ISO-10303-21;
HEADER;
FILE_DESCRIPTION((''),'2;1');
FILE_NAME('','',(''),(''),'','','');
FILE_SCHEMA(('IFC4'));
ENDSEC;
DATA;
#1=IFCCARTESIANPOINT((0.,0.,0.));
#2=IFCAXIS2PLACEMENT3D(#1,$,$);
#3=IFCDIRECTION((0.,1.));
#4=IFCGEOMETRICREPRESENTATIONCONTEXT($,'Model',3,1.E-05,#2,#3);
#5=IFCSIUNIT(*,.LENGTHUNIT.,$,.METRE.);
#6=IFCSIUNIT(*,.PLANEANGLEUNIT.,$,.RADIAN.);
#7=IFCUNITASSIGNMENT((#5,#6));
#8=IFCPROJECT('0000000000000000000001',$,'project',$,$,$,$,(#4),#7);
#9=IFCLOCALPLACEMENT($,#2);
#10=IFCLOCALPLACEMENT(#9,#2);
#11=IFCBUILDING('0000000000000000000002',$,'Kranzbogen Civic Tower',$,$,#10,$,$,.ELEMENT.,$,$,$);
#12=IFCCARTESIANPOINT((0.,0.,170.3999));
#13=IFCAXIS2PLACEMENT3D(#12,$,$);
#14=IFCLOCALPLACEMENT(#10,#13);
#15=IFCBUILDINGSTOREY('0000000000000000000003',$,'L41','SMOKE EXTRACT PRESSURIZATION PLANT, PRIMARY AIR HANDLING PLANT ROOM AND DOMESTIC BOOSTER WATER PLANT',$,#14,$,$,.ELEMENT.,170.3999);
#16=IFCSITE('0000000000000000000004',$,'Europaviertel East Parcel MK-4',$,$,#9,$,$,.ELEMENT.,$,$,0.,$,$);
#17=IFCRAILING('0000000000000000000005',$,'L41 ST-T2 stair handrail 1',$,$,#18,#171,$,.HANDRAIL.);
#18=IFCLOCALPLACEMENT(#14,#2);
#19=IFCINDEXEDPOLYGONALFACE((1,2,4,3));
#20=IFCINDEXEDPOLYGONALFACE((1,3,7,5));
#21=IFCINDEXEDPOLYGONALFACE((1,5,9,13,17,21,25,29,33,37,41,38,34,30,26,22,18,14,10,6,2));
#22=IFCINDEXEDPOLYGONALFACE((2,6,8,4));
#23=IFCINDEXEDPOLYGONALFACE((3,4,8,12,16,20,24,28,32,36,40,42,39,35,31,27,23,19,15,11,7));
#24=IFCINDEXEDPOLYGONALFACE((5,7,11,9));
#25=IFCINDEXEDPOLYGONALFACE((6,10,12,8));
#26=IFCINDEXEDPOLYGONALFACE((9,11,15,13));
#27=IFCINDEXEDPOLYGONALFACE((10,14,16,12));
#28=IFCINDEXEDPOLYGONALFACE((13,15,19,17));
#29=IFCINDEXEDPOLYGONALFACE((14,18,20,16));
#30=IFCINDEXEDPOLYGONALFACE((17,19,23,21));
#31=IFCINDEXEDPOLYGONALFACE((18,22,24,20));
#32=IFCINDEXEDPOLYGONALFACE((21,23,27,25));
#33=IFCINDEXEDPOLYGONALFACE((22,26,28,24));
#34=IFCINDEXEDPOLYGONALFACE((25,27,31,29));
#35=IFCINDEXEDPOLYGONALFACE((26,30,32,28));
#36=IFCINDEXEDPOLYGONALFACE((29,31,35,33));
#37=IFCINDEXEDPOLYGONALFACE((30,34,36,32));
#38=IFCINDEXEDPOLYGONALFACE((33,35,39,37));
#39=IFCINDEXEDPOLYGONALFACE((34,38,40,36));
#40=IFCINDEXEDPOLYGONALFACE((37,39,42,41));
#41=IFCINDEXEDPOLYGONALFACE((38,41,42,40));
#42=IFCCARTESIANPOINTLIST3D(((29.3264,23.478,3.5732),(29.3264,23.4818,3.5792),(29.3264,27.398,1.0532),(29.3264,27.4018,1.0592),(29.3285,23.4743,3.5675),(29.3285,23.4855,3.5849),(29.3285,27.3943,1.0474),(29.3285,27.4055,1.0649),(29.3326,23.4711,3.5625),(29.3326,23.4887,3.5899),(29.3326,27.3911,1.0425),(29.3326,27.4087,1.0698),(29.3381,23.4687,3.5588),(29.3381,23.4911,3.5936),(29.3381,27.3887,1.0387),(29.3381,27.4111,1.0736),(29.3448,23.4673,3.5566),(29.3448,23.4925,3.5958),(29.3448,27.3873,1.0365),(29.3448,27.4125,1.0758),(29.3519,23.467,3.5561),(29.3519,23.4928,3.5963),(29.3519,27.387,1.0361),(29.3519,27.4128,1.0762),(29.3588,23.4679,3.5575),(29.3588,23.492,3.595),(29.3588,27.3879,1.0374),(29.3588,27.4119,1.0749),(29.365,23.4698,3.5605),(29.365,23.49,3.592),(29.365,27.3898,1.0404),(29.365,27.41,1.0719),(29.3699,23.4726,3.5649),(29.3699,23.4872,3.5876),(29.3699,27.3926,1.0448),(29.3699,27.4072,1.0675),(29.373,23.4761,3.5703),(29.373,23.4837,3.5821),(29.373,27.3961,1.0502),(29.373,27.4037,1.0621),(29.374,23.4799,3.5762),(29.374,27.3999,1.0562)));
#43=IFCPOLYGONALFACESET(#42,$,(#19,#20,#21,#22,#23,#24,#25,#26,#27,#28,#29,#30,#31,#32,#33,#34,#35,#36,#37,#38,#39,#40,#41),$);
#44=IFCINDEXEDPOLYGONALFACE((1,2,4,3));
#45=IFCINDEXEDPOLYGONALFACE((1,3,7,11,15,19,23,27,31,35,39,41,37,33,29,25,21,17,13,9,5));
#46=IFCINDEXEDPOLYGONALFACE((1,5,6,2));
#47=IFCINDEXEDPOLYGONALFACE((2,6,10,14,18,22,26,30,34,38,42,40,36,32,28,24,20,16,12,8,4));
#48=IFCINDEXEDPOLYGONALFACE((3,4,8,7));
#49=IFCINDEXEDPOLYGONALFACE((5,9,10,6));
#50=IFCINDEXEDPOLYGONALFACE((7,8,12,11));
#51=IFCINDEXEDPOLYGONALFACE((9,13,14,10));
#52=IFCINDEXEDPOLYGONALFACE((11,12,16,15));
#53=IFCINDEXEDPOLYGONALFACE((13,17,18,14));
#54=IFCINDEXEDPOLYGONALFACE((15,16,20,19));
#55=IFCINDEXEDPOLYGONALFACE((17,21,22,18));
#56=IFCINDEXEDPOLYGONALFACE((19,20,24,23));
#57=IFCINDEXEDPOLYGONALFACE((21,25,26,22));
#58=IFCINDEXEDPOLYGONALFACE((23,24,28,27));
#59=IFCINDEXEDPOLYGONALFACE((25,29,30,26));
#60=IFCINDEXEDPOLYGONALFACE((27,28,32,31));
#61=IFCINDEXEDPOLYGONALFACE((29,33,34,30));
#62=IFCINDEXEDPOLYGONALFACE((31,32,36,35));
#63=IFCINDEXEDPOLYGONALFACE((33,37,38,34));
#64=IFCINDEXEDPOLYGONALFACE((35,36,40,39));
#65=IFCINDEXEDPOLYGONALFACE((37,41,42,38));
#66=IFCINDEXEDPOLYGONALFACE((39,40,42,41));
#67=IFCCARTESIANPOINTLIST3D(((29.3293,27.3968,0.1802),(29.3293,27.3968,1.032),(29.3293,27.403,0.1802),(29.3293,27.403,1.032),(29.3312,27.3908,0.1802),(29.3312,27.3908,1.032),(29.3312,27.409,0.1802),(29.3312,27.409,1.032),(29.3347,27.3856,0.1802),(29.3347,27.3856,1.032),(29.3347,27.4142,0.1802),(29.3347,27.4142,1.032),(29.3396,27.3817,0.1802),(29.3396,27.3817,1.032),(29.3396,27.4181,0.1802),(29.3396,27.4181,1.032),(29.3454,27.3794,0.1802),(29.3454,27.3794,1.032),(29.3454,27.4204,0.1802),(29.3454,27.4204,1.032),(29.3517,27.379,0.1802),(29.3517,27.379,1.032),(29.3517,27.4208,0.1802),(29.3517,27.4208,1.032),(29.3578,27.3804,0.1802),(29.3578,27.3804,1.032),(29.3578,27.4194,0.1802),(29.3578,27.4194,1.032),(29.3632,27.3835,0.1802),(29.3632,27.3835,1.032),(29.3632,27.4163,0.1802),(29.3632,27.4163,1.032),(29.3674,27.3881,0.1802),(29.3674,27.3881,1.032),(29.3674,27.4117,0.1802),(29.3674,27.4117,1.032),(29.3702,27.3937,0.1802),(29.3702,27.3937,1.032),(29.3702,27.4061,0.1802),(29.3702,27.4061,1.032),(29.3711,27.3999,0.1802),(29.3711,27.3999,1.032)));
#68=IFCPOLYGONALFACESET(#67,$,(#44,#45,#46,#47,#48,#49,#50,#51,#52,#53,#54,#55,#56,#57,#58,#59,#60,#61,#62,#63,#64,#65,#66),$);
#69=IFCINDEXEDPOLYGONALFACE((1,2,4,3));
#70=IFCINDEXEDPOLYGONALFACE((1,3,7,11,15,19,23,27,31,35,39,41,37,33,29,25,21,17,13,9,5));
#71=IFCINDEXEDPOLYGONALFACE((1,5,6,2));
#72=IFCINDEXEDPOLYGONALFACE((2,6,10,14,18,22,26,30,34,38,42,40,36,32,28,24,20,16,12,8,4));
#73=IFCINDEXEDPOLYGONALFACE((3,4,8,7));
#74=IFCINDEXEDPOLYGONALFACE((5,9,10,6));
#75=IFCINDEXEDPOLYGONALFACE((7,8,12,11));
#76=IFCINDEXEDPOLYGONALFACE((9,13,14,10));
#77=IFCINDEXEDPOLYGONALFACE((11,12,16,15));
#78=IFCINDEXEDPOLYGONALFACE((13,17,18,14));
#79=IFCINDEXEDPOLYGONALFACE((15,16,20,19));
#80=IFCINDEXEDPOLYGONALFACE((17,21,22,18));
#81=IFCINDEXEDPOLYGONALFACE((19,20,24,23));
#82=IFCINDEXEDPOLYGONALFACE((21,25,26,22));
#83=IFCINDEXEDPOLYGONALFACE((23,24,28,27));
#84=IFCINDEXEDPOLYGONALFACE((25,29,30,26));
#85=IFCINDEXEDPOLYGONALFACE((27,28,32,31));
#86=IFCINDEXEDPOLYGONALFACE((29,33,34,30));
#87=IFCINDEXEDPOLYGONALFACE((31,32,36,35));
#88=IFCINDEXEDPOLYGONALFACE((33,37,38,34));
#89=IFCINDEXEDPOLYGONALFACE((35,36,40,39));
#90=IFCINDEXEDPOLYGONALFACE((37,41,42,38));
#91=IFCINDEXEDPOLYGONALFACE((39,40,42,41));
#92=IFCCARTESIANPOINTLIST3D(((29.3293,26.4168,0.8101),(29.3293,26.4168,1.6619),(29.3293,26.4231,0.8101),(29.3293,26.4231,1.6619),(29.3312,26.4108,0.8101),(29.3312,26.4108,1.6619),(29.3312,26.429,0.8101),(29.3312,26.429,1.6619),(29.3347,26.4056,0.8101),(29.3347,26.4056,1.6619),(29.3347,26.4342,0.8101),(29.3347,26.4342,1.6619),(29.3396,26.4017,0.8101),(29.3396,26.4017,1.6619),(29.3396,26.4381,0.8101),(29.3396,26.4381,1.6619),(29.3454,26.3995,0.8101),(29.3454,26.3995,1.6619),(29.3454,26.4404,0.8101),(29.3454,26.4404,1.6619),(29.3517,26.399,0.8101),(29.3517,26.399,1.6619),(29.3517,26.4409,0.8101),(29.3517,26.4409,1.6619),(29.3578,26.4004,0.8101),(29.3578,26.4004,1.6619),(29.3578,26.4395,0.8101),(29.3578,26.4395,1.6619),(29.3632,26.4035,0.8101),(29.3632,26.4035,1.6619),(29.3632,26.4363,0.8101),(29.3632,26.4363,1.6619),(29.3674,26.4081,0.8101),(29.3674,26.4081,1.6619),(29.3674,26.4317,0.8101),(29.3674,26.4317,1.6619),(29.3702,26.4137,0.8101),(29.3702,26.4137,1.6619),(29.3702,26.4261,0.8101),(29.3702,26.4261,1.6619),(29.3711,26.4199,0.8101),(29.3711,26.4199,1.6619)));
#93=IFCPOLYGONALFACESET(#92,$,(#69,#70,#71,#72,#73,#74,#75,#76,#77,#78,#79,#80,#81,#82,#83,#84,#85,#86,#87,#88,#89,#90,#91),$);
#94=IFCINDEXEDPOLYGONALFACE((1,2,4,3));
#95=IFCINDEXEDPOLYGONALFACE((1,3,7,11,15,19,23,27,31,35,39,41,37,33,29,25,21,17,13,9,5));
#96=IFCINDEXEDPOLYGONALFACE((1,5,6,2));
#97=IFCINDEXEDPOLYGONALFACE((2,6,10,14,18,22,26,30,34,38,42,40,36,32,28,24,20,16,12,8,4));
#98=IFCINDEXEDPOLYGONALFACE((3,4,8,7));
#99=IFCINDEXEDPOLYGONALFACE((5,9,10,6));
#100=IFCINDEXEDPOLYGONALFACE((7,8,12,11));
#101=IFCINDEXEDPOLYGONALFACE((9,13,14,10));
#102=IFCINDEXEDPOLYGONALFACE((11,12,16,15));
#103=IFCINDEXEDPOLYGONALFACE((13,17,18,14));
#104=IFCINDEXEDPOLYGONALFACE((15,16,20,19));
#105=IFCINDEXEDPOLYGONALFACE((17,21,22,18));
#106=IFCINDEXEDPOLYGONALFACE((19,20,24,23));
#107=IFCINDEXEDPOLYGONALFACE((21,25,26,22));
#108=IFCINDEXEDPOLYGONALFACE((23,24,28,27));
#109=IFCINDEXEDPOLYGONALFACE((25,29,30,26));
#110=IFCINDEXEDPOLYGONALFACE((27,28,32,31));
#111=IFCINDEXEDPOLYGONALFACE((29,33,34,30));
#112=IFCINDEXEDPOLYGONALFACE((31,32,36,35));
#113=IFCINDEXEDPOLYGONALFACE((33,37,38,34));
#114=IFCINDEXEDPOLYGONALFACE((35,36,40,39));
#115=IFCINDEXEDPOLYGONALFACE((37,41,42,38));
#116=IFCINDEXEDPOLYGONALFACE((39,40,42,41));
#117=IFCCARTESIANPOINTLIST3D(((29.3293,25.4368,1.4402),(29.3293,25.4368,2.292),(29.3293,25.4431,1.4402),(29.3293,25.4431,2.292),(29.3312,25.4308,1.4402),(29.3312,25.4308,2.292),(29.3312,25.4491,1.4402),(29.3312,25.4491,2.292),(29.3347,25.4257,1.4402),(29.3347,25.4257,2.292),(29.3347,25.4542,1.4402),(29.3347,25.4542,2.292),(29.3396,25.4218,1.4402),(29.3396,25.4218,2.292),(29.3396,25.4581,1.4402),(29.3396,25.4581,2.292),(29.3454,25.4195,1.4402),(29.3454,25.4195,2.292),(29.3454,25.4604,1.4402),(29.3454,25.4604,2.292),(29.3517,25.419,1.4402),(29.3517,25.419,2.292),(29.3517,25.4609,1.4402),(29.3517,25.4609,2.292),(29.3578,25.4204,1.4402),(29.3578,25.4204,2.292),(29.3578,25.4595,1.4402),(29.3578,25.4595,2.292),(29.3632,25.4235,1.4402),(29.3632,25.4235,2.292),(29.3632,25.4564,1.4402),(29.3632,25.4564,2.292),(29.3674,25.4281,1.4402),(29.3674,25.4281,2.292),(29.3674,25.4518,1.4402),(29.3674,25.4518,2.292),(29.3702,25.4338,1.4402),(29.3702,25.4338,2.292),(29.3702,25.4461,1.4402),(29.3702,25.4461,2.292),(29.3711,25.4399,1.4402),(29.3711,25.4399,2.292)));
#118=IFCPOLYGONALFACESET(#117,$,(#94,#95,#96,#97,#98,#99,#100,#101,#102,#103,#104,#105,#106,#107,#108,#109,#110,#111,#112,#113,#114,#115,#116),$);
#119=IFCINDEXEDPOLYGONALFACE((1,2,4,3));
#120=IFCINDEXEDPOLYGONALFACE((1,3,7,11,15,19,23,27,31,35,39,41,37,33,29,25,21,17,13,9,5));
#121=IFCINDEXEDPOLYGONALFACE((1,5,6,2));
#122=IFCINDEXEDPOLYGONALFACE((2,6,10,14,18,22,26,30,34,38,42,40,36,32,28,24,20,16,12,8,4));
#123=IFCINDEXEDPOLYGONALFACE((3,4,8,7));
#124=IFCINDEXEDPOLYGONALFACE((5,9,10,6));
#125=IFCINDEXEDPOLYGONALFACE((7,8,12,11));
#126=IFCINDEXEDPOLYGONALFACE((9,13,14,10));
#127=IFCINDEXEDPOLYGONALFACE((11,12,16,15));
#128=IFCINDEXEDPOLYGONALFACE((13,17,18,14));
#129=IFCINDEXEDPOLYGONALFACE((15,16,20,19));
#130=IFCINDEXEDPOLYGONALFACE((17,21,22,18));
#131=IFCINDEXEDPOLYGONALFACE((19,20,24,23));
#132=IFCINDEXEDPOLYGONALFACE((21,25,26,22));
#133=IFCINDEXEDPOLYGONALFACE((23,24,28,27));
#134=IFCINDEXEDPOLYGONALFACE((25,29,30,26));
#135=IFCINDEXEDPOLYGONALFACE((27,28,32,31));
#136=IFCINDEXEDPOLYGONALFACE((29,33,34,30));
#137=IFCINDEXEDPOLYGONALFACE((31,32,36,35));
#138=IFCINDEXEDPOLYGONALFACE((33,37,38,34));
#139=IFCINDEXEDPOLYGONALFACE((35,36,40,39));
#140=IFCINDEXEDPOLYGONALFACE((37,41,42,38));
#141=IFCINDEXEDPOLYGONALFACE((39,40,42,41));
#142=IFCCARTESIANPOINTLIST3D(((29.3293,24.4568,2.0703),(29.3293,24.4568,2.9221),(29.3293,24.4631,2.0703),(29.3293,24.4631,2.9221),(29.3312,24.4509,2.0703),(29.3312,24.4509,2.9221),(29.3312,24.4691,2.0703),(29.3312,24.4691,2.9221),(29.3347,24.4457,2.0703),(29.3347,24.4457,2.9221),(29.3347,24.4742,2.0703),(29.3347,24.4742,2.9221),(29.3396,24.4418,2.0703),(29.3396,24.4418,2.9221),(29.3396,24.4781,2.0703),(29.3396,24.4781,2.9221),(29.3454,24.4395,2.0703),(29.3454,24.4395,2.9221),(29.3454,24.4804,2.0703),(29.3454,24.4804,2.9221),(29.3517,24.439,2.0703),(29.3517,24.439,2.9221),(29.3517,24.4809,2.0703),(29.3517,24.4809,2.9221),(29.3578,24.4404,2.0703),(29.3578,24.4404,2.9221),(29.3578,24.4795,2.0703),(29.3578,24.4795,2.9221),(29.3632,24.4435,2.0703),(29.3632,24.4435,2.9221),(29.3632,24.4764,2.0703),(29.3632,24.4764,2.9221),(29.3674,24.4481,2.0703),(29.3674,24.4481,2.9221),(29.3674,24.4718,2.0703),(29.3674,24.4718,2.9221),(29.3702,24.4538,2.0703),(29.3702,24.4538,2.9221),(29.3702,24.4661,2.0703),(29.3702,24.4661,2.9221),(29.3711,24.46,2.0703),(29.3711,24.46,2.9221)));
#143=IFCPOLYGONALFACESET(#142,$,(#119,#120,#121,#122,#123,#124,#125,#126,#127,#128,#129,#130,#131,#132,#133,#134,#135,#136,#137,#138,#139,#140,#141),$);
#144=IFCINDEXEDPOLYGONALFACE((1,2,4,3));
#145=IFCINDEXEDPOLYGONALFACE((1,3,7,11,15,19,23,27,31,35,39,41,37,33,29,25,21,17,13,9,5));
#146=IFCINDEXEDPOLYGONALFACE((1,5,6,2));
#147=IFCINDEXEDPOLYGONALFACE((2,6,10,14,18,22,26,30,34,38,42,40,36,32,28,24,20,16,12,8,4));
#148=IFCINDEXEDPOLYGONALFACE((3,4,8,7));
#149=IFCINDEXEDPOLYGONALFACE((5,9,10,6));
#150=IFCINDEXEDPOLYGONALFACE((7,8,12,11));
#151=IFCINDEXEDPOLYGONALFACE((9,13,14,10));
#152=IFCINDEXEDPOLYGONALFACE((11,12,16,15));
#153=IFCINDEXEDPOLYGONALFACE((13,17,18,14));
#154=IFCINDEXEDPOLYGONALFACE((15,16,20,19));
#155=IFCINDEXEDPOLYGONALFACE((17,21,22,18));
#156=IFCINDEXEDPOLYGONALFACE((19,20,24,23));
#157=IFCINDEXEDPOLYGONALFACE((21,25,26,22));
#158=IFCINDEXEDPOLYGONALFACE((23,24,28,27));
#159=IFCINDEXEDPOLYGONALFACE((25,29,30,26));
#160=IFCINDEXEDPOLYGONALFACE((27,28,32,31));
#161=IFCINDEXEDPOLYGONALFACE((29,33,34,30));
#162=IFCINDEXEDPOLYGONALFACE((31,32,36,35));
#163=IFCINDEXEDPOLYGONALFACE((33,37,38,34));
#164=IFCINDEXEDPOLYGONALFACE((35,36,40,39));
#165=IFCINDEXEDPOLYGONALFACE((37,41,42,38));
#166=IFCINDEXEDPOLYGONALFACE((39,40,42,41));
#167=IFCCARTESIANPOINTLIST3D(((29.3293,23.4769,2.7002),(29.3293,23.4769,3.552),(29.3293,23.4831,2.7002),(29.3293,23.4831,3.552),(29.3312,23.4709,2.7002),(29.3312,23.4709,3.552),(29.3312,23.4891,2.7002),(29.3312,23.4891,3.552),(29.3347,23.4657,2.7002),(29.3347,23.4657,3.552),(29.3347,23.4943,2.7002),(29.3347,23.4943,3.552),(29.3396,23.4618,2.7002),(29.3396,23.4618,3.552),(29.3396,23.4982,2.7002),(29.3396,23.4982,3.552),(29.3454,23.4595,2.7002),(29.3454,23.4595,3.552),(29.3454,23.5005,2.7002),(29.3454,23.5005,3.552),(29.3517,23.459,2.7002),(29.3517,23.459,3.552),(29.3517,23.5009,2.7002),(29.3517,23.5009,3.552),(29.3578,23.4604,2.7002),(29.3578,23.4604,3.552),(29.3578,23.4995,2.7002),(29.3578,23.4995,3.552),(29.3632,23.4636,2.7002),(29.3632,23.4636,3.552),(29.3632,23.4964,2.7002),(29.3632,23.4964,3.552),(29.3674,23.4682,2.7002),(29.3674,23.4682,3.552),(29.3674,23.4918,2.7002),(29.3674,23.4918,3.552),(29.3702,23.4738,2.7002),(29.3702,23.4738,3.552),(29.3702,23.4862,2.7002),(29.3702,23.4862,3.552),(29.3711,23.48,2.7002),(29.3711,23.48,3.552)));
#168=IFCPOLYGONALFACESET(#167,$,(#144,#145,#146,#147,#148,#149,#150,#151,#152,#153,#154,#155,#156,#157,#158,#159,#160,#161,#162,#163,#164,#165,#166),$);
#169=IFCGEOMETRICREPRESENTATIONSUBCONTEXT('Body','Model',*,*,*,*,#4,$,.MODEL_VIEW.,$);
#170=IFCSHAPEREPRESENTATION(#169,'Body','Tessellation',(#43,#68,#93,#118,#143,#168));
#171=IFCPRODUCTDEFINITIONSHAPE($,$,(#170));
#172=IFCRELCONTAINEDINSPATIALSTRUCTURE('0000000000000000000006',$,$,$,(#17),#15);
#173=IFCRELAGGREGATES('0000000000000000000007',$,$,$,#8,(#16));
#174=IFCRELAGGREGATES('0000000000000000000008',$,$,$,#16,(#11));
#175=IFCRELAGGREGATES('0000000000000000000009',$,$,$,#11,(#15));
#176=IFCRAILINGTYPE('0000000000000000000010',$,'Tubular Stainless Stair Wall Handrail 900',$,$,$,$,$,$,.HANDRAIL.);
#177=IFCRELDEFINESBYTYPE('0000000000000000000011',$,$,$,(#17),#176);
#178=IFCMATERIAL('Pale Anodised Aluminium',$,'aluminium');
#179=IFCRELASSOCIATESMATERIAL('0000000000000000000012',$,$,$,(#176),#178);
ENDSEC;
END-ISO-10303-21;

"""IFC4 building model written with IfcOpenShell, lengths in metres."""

from ifc_helpers import new_model, si_unit, direction, frame, origin, origin_2d, place, context, subcontext, project, spatial, circle, extrude, material, type_object, element, save


model = new_model("IFC4")

# Units and contexts
model_context = context("Model", 3, precision=1e-05, world=origin(), true_north=direction((0.0, 1.0)))
body_context = subcontext(model_context, "Body", "Model", "MODEL_VIEW")
ifc_project = project(units=[si_unit("LENGTHUNIT", "METRE"), si_unit("PLANEANGLEUNIT", "RADIAN")], contexts=[model_context])

# Site, building, storey
site_placement = place(None, origin())
site = spatial("IfcSite", under=ifc_project, at=site_placement, Name="Europaviertel East Parcel MK-4", CompositionType="ELEMENT", RefElevation=0.0)
building_placement = place(site_placement, origin())
building = spatial("IfcBuilding", under=site, at=building_placement, Name="Kranzbogen Civic Tower", CompositionType="ELEMENT")
storey_placement = place(building_placement, frame((0.0, 0.0, 170.3999)))
storey = spatial("IfcBuildingStorey", under=building, at=storey_placement, Name="L41", Description="SMOKE EXTRACT PRESSURIZATION PLANT, PRIMARY AIR HANDLING PLANT ROOM AND DOMESTIC BOOSTER WATER PLANT", CompositionType="ELEMENT", Elevation=170.3999)

# Shared definitions
ifc_material_1 = material(Name="Pale Anodised Aluminium", Category="aluminium")

# Railing
railing_type_1 = type_object("IfcRailingType", Name="Tubular Stainless Stair Wall Handrail 900", PredefinedType="HANDRAIL", material=ifc_material_1)
railing_1_placement = place(storey_placement, frame((29.3501, 27.3999, 0.1802)))
element("IfcRailing", 1, at=railing_1_placement, inside=storey, type_object=railing_type_1, Name="L41 ST-T2 stair handrail 1", PredefinedType="HANDRAIL", context=body_context, shape_type="SweptSolid", body=[
    extrude(circle(Radius=0.0239, at=origin_2d()), frame((0.0, 0.0, 0.876), z_axis=(0.0, -0.841172, 0.540768), x_axis=(1.0, 0.0, 0.0)), (0.0, 0.0, 1.0), 4.6602),
    extrude(circle(Radius=0.021, at=origin_2d()), origin(), (0.0, 0.0, 1.0), 0.8518),
    extrude(circle(Radius=0.021, at=origin_2d()), frame((0.0, -0.98, 0.6299)), (0.0, 0.0, 1.0), 0.8518),
    extrude(circle(Radius=0.021, at=origin_2d()), frame((0.0, -1.96, 1.26)), (0.0, 0.0, 1.0), 0.8518),
    extrude(circle(Radius=0.021, at=origin_2d()), frame((0.0, -2.9399, 1.8901)), (0.0, 0.0, 1.0), 0.8518),
    extrude(circle(Radius=0.021, at=origin_2d()), frame((0.0, -3.9199, 2.52)), (0.0, 0.0, 1.0), 0.8518),
])

save(model, "model.ifc")
